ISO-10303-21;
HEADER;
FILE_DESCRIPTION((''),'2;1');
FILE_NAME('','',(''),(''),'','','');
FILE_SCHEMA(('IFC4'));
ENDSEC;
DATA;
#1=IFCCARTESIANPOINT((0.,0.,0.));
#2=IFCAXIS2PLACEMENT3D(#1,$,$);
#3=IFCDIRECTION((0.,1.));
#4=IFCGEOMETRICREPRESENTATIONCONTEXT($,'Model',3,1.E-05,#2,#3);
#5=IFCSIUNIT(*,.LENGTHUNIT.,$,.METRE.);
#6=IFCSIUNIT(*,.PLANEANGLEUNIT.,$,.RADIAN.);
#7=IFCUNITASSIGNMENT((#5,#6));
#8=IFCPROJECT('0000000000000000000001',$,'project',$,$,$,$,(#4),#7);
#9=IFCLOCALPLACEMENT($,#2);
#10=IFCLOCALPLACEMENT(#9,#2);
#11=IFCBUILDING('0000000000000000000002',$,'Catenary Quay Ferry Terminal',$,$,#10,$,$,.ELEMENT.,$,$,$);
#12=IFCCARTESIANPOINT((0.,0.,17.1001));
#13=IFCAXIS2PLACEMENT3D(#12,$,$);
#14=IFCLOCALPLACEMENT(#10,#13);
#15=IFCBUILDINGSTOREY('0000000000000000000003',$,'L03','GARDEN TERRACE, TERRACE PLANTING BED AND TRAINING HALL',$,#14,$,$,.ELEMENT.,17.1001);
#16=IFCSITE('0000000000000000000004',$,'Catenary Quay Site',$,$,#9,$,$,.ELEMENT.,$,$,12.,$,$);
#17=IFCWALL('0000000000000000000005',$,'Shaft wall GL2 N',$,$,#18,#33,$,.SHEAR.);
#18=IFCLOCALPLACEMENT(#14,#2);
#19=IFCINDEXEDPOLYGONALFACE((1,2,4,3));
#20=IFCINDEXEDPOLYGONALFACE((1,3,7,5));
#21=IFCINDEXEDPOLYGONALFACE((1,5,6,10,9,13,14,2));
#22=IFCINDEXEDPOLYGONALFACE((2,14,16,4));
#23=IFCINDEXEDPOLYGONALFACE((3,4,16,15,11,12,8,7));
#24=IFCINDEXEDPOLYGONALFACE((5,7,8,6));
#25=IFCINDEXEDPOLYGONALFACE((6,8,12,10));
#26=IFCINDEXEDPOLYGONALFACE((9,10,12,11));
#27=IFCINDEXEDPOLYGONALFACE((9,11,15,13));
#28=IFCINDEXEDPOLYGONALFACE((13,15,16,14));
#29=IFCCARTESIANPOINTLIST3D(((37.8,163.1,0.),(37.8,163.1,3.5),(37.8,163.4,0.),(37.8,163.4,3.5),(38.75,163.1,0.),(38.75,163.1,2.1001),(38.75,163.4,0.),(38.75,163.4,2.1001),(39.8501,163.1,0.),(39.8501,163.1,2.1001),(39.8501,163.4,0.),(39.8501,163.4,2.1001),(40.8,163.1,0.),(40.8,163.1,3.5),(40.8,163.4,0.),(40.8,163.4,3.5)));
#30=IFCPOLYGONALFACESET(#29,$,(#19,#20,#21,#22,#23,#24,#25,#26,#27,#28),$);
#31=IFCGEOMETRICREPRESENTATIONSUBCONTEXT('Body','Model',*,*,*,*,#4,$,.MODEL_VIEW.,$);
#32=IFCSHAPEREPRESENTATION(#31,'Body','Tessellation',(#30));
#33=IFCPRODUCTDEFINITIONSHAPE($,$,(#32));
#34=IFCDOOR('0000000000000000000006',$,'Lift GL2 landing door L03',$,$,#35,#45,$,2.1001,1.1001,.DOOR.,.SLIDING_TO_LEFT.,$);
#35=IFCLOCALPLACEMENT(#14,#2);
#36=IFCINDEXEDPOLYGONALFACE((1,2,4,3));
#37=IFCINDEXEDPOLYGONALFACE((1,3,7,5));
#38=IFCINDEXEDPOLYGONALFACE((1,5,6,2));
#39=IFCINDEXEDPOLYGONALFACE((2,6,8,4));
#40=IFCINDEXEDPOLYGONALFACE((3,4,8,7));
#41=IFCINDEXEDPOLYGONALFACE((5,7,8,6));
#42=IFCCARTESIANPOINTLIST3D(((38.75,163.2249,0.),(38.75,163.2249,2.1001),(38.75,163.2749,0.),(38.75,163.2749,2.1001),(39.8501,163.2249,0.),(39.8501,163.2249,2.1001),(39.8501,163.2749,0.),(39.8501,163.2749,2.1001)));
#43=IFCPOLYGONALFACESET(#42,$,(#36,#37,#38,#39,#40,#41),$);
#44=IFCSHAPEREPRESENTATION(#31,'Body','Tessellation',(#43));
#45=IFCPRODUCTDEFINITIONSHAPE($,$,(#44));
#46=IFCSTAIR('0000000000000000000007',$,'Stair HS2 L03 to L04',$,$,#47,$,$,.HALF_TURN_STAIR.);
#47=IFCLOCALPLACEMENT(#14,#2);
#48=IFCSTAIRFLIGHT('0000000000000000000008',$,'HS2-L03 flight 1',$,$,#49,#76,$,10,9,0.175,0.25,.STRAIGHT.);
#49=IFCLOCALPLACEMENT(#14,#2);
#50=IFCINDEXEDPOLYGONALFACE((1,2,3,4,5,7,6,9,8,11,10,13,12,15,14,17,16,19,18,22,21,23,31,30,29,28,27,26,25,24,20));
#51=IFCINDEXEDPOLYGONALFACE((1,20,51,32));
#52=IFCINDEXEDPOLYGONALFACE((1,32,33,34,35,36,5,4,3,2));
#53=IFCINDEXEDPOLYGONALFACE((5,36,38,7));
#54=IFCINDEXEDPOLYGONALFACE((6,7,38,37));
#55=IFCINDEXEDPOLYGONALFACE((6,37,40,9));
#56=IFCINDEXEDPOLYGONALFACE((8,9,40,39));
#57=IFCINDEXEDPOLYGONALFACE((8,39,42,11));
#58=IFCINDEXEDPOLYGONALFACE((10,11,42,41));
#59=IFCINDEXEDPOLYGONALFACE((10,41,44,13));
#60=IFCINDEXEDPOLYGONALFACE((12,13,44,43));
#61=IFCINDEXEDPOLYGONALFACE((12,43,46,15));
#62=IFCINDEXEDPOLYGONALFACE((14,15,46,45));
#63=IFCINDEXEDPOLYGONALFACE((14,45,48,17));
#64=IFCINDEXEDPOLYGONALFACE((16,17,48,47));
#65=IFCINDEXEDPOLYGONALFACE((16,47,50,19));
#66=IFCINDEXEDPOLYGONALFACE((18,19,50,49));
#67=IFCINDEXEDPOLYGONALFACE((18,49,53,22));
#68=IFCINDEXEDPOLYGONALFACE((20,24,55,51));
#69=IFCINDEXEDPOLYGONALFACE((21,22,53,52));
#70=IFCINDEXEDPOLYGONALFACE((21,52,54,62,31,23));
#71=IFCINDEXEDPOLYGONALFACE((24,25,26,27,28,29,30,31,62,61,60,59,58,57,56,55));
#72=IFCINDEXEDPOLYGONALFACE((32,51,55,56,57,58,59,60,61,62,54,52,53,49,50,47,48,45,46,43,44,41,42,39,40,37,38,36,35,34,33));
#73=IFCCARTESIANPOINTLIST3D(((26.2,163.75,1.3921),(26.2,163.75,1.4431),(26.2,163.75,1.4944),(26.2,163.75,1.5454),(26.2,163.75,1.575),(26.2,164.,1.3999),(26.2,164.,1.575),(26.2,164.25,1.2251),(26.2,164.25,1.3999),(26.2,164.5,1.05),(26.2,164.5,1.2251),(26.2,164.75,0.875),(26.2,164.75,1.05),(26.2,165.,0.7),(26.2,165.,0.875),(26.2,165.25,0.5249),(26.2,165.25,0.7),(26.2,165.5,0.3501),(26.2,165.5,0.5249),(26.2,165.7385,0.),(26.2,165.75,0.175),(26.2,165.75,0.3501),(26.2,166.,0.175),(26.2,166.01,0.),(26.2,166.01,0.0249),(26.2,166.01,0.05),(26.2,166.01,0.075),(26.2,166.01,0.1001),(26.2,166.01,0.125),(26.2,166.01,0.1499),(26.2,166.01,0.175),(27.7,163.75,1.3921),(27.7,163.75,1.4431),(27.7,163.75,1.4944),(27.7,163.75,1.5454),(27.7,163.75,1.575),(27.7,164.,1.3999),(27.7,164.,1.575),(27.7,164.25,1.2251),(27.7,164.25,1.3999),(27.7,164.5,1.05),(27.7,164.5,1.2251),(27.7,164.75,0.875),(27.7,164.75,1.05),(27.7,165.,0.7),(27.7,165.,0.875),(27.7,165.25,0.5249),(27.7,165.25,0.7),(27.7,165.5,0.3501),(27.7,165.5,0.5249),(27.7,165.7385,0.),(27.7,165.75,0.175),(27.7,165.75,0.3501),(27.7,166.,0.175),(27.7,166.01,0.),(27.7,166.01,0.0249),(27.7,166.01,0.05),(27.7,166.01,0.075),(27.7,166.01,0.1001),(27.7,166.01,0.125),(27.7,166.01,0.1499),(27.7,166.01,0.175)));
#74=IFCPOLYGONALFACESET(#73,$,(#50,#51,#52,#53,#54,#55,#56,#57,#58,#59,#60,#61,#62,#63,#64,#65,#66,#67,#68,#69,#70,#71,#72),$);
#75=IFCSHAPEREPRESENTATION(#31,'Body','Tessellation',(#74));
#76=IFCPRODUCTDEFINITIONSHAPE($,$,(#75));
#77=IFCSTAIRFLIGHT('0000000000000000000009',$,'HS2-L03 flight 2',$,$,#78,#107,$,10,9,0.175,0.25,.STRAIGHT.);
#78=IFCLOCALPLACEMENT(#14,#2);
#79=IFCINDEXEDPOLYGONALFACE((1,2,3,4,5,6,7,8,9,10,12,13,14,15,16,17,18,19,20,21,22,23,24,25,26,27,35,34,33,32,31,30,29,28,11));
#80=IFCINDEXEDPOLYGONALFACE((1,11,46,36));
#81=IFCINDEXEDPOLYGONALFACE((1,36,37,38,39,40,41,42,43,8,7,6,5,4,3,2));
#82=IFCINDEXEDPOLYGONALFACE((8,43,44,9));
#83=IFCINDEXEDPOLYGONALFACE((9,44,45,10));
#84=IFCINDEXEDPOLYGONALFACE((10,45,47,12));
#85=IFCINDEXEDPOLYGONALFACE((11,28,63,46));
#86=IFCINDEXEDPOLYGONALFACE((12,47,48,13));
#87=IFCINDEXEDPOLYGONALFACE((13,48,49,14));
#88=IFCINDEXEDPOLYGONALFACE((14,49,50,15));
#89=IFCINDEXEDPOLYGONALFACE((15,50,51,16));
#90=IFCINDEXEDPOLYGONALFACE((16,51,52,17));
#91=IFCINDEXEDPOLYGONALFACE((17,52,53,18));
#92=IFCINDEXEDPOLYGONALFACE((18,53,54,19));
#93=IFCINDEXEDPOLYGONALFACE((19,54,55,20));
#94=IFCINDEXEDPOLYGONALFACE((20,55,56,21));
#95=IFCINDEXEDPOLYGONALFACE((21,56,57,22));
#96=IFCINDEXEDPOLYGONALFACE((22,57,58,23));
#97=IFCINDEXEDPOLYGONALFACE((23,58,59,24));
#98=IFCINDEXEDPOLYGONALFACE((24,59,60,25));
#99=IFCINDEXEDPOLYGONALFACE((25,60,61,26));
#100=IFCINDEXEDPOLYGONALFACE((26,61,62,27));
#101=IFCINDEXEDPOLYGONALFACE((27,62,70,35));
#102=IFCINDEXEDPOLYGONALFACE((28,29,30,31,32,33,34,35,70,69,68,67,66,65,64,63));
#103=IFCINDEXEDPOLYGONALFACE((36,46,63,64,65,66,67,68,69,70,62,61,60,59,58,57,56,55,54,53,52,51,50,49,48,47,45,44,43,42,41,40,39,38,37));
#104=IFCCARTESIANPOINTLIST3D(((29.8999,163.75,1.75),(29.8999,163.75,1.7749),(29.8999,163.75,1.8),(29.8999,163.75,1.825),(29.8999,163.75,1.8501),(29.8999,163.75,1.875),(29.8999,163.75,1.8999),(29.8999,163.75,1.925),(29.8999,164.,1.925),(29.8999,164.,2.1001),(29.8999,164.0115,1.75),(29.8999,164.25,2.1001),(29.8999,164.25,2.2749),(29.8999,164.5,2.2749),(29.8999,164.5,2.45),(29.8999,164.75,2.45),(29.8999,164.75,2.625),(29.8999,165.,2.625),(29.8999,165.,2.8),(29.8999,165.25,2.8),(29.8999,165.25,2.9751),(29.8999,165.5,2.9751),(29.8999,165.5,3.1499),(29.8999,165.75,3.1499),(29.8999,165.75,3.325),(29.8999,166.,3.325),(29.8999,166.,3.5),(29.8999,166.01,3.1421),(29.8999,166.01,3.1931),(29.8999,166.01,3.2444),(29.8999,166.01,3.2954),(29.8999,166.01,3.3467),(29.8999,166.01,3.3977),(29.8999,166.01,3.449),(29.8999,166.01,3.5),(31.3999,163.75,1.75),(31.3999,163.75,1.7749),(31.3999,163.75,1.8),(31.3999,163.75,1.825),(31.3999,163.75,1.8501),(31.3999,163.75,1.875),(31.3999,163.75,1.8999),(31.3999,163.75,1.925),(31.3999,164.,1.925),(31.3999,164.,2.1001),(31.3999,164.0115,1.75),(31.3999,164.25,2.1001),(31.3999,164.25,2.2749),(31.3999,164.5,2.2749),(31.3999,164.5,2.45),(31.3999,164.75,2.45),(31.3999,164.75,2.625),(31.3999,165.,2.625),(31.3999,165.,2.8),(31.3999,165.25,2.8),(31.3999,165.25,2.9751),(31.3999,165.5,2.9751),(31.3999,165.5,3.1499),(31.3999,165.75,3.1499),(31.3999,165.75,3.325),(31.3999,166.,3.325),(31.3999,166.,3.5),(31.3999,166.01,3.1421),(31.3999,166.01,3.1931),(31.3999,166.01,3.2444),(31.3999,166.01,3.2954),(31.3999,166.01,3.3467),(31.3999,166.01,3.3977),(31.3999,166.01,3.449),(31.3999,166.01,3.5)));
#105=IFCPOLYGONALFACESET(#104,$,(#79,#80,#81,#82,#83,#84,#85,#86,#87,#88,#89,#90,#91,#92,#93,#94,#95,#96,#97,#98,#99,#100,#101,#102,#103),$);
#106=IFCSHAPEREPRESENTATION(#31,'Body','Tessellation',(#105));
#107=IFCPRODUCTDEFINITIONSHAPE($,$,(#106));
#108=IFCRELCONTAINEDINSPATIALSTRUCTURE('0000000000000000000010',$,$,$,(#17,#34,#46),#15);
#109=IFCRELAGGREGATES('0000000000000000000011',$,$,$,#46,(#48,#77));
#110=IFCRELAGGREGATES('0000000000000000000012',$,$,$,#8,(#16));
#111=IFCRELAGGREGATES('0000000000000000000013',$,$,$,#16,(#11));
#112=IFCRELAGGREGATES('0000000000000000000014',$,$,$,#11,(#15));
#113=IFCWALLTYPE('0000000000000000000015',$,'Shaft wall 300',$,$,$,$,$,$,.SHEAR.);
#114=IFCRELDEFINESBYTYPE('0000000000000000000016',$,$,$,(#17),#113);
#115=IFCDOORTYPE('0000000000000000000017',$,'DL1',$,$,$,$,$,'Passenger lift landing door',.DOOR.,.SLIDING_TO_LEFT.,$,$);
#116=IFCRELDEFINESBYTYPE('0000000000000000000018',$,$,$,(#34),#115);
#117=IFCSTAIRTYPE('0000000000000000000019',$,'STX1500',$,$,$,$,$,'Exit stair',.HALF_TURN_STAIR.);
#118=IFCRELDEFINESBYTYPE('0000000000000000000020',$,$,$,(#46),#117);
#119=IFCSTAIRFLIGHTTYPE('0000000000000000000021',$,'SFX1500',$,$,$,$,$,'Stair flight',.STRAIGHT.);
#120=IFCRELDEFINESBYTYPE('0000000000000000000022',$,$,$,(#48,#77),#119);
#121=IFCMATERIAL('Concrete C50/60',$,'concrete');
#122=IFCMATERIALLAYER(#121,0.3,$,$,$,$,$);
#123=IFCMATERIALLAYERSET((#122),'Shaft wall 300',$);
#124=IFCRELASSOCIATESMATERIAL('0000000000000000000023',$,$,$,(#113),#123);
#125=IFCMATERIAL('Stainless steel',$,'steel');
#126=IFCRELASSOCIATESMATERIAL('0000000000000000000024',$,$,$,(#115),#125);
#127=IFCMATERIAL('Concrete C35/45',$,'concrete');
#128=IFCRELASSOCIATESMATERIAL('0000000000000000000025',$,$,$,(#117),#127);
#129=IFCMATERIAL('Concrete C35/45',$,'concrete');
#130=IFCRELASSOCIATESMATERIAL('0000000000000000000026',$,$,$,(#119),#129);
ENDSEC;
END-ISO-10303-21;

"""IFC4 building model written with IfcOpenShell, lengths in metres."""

from ifc_helpers import new_model, si_unit, direction, frame, frame_2d, origin, place, context, subcontext, project, spatial, polyline, rectangle, outline, extrude, material, layer, layer_set, type_object, element, fill, aggregate, save


model = new_model("IFC4")

# Units and contexts
model_context = context("Model", 3, precision=1e-05, world=origin(), true_north=direction((0.0, 1.0)))
body_context = subcontext(model_context, "Body", "Model", "MODEL_VIEW")
ifc_project = project(units=[si_unit("LENGTHUNIT", "METRE"), si_unit("PLANEANGLEUNIT", "RADIAN")], contexts=[model_context])

# Site, building, storey
site_placement = place(None, origin())
site = spatial("IfcSite", under=ifc_project, at=site_placement, Name="Catenary Quay Site", CompositionType="ELEMENT", RefElevation=12.0)
building_placement = place(site_placement, origin())
building = spatial("IfcBuilding", under=site, at=building_placement, Name="Catenary Quay Ferry Terminal", CompositionType="ELEMENT")
storey_placement = place(building_placement, frame((0.0, 0.0, 17.1001)))
storey = spatial("IfcBuildingStorey", under=building, at=storey_placement, Name="L03", Description="GARDEN TERRACE, TERRACE PLANTING BED AND TRAINING HALL", CompositionType="ELEMENT", Elevation=17.1001)

# Wall, opening, door
ifc_material_1 = material(Name="Concrete C50/60", Category="concrete")
ifc_layer_1 = layer(ifc_material_1, 0.3)
ifc_layer_set_1 = layer_set([ifc_layer_1], Name="Shaft wall 300")
wall_type_1 = type_object("IfcWallType", Name="Shaft wall 300", PredefinedType="SHEAR", material=ifc_layer_set_1)
ifc_material_2 = material(Name="Stainless steel", Category="steel")
door_type_1 = type_object("IfcDoorType", Name="DL1", ElementType="Passenger lift landing door", OperationType="SLIDING_TO_LEFT", PredefinedType="DOOR", material=ifc_material_2)
wall_1_placement = place(storey_placement, frame((37.8, 163.25, 0.0), z_axis=(0.0, 0.0, 1.0), x_axis=(1.0, 0.0, 0.0)))
wall_1 = element("IfcWall", 1, at=wall_1_placement, inside=storey, type_object=wall_type_1, Name="Shaft wall GL2 N", PredefinedType="SHEAR", context=body_context, shape_type="SweptSolid", body=[
    extrude(rectangle(XDim=3.0, YDim=0.3, at=frame_2d((1.5, 0.0))), origin(), (0.0, 0.0, 1.0), 3.5),
])
opening_1_placement = place(wall_1_placement, frame((0.95, 0.0, 0.0)))
opening_1 = element("IfcOpeningElement", 2, at=opening_1_placement, cuts=wall_1, PredefinedType="OPENING", context=body_context, shape_type="SweptSolid", body=[
    extrude(rectangle(XDim=1.1001, YDim=2.1001, at=frame_2d((0.55, 1.05))), frame((0.0, 0.1599, 0.0), z_axis=(0.0, -1.0, 0.0), x_axis=(1.0, 0.0, 0.0)), (0.0, 0.0, 1.0), 0.3201),
])
door_1_placement = place(opening_1_placement, origin())
door_1 = element("IfcDoor", 3, at=door_1_placement, inside=storey, type_object=door_type_1, Name="Lift GL2 landing door L03", OperationType="SLIDING_TO_LEFT", OverallHeight=2.1001, OverallWidth=1.1001, PredefinedType="DOOR", context=body_context, shape_type="SweptSolid", body=[
    extrude(rectangle(XDim=1.1001, YDim=2.1001, at=frame_2d((0.55, 1.05))), frame((0.0, 0.0249, 0.0), z_axis=(0.0, -1.0, 0.0), x_axis=(1.0, 0.0, 0.0)), (0.0, 0.0, 1.0), 0.05),
])
fill(opening_1, door_1)

# Stair, stair flights
ifc_material_3 = material(Name="Concrete C35/45", Category="concrete")
stair_type = type_object("IfcStairType", Name="STX1500", ElementType="Exit stair", PredefinedType="HALF_TURN_STAIR", material=ifc_material_3)
stair_placement = place(storey_placement, origin())
stair = element("IfcStair", 4, at=stair_placement, inside=storey, type_object=stair_type, Name="Stair HS2 L03 to L04", PredefinedType="HALF_TURN_STAIR")
ifc_material_4 = material(Name="Concrete C35/45", Category="concrete")
stair_flight_type = type_object("IfcStairFlightType", Name="SFX1500", ElementType="Stair flight", PredefinedType="STRAIGHT", material=ifc_material_4)
stair_flight_1_placement = place(storey_placement, frame((26.95, 166.0, 0.0), z_axis=(0.0, 0.0, 1.0), x_axis=(0.0, -1.0, 0.0)))
stair_flight_1 = element("IfcStairFlight", 5, at=stair_flight_1_placement, type_object=stair_flight_type, Name="HS2-L03 flight 1", NumberOfRisers=10, NumberOfTreads=9, PredefinedType="STRAIGHT", RiserHeight=0.175, TreadLength=0.25, context=body_context, shape_type="SweptSolid", body=[
    extrude(outline(polyline([(-0.01, 0.0), (-0.01, 0.0249), (-0.01, 0.05), (-0.01, 0.075), (-0.01, 0.1001), (-0.01, 0.125), (-0.01, 0.1499), (-0.01, 0.175), (0.0, 0.175), (0.25, 0.175), (0.25, 0.3501), (0.5, 0.3501), (0.5, 0.5249), (0.75, 0.5249), (0.75, 0.7), (1.0, 0.7), (1.0, 0.875), (1.25, 0.875), (1.25, 1.05), (1.5, 1.05), (1.5, 1.2251), (1.75, 1.2251), (1.75, 1.3999), (2.0, 1.3999), (2.0, 1.575), (2.25, 1.575), (2.25, 1.75), (2.25, 1.699), (2.25, 1.6477), (2.25, 1.5967), (2.25, 1.5454), (2.25, 1.4944), (2.25, 1.4431), (2.25, 1.3921), (0.2615, 0.0), (-0.01, 0.0)])), frame((0.0, 0.75, 0.0), z_axis=(0.0, -1.0, 0.0), x_axis=(1.0, 0.0, 0.0)), (0.0, 0.0, 1.0), 1.5),
])
stair_flight_2_placement = place(storey_placement, frame((30.6499, 163.75, 1.75), z_axis=(0.0, 0.0, 1.0), x_axis=(0.0, 1.0, 0.0)))
stair_flight_2 = element("IfcStairFlight", 6, at=stair_flight_2_placement, type_object=stair_flight_type, Name="HS2-L03 flight 2", NumberOfRisers=10, NumberOfTreads=9, PredefinedType="STRAIGHT", RiserHeight=0.175, TreadLength=0.25, context=body_context, shape_type="SweptSolid", body=[
    extrude(outline(polyline([(0.0, 0.0), (0.0, 0.0249), (0.0, 0.05), (0.0, 0.075), (0.0, 0.1001), (0.0, 0.125), (0.0, 0.1499), (0.0, 0.175), (0.25, 0.175), (0.25, 0.3501), (0.5, 0.3501), (0.5, 0.5249), (0.75, 0.5249), (0.75, 0.7), (1.0, 0.7), (1.0, 0.875), (1.25, 0.875), (1.25, 1.05), (1.5, 1.05), (1.5, 1.2251), (1.75, 1.2251), (1.75, 1.3999), (2.0, 1.3999), (2.0, 1.575), (2.25, 1.575), (2.25, 1.75), (2.26, 1.75), (2.26, 1.699), (2.26, 1.6477), (2.26, 1.5967), (2.26, 1.5454), (2.26, 1.4944), (2.26, 1.4431), (2.26, 1.3921), (0.2615, 0.0), (0.0, 0.0)])), frame((0.0, 0.75, 0.0), z_axis=(0.0, -1.0, 0.0), x_axis=(1.0, 0.0, 0.0)), (0.0, 0.0, 1.0), 1.5),
])
aggregate(stair, [stair_flight_1, stair_flight_2])

save(model, "model.ifc")
